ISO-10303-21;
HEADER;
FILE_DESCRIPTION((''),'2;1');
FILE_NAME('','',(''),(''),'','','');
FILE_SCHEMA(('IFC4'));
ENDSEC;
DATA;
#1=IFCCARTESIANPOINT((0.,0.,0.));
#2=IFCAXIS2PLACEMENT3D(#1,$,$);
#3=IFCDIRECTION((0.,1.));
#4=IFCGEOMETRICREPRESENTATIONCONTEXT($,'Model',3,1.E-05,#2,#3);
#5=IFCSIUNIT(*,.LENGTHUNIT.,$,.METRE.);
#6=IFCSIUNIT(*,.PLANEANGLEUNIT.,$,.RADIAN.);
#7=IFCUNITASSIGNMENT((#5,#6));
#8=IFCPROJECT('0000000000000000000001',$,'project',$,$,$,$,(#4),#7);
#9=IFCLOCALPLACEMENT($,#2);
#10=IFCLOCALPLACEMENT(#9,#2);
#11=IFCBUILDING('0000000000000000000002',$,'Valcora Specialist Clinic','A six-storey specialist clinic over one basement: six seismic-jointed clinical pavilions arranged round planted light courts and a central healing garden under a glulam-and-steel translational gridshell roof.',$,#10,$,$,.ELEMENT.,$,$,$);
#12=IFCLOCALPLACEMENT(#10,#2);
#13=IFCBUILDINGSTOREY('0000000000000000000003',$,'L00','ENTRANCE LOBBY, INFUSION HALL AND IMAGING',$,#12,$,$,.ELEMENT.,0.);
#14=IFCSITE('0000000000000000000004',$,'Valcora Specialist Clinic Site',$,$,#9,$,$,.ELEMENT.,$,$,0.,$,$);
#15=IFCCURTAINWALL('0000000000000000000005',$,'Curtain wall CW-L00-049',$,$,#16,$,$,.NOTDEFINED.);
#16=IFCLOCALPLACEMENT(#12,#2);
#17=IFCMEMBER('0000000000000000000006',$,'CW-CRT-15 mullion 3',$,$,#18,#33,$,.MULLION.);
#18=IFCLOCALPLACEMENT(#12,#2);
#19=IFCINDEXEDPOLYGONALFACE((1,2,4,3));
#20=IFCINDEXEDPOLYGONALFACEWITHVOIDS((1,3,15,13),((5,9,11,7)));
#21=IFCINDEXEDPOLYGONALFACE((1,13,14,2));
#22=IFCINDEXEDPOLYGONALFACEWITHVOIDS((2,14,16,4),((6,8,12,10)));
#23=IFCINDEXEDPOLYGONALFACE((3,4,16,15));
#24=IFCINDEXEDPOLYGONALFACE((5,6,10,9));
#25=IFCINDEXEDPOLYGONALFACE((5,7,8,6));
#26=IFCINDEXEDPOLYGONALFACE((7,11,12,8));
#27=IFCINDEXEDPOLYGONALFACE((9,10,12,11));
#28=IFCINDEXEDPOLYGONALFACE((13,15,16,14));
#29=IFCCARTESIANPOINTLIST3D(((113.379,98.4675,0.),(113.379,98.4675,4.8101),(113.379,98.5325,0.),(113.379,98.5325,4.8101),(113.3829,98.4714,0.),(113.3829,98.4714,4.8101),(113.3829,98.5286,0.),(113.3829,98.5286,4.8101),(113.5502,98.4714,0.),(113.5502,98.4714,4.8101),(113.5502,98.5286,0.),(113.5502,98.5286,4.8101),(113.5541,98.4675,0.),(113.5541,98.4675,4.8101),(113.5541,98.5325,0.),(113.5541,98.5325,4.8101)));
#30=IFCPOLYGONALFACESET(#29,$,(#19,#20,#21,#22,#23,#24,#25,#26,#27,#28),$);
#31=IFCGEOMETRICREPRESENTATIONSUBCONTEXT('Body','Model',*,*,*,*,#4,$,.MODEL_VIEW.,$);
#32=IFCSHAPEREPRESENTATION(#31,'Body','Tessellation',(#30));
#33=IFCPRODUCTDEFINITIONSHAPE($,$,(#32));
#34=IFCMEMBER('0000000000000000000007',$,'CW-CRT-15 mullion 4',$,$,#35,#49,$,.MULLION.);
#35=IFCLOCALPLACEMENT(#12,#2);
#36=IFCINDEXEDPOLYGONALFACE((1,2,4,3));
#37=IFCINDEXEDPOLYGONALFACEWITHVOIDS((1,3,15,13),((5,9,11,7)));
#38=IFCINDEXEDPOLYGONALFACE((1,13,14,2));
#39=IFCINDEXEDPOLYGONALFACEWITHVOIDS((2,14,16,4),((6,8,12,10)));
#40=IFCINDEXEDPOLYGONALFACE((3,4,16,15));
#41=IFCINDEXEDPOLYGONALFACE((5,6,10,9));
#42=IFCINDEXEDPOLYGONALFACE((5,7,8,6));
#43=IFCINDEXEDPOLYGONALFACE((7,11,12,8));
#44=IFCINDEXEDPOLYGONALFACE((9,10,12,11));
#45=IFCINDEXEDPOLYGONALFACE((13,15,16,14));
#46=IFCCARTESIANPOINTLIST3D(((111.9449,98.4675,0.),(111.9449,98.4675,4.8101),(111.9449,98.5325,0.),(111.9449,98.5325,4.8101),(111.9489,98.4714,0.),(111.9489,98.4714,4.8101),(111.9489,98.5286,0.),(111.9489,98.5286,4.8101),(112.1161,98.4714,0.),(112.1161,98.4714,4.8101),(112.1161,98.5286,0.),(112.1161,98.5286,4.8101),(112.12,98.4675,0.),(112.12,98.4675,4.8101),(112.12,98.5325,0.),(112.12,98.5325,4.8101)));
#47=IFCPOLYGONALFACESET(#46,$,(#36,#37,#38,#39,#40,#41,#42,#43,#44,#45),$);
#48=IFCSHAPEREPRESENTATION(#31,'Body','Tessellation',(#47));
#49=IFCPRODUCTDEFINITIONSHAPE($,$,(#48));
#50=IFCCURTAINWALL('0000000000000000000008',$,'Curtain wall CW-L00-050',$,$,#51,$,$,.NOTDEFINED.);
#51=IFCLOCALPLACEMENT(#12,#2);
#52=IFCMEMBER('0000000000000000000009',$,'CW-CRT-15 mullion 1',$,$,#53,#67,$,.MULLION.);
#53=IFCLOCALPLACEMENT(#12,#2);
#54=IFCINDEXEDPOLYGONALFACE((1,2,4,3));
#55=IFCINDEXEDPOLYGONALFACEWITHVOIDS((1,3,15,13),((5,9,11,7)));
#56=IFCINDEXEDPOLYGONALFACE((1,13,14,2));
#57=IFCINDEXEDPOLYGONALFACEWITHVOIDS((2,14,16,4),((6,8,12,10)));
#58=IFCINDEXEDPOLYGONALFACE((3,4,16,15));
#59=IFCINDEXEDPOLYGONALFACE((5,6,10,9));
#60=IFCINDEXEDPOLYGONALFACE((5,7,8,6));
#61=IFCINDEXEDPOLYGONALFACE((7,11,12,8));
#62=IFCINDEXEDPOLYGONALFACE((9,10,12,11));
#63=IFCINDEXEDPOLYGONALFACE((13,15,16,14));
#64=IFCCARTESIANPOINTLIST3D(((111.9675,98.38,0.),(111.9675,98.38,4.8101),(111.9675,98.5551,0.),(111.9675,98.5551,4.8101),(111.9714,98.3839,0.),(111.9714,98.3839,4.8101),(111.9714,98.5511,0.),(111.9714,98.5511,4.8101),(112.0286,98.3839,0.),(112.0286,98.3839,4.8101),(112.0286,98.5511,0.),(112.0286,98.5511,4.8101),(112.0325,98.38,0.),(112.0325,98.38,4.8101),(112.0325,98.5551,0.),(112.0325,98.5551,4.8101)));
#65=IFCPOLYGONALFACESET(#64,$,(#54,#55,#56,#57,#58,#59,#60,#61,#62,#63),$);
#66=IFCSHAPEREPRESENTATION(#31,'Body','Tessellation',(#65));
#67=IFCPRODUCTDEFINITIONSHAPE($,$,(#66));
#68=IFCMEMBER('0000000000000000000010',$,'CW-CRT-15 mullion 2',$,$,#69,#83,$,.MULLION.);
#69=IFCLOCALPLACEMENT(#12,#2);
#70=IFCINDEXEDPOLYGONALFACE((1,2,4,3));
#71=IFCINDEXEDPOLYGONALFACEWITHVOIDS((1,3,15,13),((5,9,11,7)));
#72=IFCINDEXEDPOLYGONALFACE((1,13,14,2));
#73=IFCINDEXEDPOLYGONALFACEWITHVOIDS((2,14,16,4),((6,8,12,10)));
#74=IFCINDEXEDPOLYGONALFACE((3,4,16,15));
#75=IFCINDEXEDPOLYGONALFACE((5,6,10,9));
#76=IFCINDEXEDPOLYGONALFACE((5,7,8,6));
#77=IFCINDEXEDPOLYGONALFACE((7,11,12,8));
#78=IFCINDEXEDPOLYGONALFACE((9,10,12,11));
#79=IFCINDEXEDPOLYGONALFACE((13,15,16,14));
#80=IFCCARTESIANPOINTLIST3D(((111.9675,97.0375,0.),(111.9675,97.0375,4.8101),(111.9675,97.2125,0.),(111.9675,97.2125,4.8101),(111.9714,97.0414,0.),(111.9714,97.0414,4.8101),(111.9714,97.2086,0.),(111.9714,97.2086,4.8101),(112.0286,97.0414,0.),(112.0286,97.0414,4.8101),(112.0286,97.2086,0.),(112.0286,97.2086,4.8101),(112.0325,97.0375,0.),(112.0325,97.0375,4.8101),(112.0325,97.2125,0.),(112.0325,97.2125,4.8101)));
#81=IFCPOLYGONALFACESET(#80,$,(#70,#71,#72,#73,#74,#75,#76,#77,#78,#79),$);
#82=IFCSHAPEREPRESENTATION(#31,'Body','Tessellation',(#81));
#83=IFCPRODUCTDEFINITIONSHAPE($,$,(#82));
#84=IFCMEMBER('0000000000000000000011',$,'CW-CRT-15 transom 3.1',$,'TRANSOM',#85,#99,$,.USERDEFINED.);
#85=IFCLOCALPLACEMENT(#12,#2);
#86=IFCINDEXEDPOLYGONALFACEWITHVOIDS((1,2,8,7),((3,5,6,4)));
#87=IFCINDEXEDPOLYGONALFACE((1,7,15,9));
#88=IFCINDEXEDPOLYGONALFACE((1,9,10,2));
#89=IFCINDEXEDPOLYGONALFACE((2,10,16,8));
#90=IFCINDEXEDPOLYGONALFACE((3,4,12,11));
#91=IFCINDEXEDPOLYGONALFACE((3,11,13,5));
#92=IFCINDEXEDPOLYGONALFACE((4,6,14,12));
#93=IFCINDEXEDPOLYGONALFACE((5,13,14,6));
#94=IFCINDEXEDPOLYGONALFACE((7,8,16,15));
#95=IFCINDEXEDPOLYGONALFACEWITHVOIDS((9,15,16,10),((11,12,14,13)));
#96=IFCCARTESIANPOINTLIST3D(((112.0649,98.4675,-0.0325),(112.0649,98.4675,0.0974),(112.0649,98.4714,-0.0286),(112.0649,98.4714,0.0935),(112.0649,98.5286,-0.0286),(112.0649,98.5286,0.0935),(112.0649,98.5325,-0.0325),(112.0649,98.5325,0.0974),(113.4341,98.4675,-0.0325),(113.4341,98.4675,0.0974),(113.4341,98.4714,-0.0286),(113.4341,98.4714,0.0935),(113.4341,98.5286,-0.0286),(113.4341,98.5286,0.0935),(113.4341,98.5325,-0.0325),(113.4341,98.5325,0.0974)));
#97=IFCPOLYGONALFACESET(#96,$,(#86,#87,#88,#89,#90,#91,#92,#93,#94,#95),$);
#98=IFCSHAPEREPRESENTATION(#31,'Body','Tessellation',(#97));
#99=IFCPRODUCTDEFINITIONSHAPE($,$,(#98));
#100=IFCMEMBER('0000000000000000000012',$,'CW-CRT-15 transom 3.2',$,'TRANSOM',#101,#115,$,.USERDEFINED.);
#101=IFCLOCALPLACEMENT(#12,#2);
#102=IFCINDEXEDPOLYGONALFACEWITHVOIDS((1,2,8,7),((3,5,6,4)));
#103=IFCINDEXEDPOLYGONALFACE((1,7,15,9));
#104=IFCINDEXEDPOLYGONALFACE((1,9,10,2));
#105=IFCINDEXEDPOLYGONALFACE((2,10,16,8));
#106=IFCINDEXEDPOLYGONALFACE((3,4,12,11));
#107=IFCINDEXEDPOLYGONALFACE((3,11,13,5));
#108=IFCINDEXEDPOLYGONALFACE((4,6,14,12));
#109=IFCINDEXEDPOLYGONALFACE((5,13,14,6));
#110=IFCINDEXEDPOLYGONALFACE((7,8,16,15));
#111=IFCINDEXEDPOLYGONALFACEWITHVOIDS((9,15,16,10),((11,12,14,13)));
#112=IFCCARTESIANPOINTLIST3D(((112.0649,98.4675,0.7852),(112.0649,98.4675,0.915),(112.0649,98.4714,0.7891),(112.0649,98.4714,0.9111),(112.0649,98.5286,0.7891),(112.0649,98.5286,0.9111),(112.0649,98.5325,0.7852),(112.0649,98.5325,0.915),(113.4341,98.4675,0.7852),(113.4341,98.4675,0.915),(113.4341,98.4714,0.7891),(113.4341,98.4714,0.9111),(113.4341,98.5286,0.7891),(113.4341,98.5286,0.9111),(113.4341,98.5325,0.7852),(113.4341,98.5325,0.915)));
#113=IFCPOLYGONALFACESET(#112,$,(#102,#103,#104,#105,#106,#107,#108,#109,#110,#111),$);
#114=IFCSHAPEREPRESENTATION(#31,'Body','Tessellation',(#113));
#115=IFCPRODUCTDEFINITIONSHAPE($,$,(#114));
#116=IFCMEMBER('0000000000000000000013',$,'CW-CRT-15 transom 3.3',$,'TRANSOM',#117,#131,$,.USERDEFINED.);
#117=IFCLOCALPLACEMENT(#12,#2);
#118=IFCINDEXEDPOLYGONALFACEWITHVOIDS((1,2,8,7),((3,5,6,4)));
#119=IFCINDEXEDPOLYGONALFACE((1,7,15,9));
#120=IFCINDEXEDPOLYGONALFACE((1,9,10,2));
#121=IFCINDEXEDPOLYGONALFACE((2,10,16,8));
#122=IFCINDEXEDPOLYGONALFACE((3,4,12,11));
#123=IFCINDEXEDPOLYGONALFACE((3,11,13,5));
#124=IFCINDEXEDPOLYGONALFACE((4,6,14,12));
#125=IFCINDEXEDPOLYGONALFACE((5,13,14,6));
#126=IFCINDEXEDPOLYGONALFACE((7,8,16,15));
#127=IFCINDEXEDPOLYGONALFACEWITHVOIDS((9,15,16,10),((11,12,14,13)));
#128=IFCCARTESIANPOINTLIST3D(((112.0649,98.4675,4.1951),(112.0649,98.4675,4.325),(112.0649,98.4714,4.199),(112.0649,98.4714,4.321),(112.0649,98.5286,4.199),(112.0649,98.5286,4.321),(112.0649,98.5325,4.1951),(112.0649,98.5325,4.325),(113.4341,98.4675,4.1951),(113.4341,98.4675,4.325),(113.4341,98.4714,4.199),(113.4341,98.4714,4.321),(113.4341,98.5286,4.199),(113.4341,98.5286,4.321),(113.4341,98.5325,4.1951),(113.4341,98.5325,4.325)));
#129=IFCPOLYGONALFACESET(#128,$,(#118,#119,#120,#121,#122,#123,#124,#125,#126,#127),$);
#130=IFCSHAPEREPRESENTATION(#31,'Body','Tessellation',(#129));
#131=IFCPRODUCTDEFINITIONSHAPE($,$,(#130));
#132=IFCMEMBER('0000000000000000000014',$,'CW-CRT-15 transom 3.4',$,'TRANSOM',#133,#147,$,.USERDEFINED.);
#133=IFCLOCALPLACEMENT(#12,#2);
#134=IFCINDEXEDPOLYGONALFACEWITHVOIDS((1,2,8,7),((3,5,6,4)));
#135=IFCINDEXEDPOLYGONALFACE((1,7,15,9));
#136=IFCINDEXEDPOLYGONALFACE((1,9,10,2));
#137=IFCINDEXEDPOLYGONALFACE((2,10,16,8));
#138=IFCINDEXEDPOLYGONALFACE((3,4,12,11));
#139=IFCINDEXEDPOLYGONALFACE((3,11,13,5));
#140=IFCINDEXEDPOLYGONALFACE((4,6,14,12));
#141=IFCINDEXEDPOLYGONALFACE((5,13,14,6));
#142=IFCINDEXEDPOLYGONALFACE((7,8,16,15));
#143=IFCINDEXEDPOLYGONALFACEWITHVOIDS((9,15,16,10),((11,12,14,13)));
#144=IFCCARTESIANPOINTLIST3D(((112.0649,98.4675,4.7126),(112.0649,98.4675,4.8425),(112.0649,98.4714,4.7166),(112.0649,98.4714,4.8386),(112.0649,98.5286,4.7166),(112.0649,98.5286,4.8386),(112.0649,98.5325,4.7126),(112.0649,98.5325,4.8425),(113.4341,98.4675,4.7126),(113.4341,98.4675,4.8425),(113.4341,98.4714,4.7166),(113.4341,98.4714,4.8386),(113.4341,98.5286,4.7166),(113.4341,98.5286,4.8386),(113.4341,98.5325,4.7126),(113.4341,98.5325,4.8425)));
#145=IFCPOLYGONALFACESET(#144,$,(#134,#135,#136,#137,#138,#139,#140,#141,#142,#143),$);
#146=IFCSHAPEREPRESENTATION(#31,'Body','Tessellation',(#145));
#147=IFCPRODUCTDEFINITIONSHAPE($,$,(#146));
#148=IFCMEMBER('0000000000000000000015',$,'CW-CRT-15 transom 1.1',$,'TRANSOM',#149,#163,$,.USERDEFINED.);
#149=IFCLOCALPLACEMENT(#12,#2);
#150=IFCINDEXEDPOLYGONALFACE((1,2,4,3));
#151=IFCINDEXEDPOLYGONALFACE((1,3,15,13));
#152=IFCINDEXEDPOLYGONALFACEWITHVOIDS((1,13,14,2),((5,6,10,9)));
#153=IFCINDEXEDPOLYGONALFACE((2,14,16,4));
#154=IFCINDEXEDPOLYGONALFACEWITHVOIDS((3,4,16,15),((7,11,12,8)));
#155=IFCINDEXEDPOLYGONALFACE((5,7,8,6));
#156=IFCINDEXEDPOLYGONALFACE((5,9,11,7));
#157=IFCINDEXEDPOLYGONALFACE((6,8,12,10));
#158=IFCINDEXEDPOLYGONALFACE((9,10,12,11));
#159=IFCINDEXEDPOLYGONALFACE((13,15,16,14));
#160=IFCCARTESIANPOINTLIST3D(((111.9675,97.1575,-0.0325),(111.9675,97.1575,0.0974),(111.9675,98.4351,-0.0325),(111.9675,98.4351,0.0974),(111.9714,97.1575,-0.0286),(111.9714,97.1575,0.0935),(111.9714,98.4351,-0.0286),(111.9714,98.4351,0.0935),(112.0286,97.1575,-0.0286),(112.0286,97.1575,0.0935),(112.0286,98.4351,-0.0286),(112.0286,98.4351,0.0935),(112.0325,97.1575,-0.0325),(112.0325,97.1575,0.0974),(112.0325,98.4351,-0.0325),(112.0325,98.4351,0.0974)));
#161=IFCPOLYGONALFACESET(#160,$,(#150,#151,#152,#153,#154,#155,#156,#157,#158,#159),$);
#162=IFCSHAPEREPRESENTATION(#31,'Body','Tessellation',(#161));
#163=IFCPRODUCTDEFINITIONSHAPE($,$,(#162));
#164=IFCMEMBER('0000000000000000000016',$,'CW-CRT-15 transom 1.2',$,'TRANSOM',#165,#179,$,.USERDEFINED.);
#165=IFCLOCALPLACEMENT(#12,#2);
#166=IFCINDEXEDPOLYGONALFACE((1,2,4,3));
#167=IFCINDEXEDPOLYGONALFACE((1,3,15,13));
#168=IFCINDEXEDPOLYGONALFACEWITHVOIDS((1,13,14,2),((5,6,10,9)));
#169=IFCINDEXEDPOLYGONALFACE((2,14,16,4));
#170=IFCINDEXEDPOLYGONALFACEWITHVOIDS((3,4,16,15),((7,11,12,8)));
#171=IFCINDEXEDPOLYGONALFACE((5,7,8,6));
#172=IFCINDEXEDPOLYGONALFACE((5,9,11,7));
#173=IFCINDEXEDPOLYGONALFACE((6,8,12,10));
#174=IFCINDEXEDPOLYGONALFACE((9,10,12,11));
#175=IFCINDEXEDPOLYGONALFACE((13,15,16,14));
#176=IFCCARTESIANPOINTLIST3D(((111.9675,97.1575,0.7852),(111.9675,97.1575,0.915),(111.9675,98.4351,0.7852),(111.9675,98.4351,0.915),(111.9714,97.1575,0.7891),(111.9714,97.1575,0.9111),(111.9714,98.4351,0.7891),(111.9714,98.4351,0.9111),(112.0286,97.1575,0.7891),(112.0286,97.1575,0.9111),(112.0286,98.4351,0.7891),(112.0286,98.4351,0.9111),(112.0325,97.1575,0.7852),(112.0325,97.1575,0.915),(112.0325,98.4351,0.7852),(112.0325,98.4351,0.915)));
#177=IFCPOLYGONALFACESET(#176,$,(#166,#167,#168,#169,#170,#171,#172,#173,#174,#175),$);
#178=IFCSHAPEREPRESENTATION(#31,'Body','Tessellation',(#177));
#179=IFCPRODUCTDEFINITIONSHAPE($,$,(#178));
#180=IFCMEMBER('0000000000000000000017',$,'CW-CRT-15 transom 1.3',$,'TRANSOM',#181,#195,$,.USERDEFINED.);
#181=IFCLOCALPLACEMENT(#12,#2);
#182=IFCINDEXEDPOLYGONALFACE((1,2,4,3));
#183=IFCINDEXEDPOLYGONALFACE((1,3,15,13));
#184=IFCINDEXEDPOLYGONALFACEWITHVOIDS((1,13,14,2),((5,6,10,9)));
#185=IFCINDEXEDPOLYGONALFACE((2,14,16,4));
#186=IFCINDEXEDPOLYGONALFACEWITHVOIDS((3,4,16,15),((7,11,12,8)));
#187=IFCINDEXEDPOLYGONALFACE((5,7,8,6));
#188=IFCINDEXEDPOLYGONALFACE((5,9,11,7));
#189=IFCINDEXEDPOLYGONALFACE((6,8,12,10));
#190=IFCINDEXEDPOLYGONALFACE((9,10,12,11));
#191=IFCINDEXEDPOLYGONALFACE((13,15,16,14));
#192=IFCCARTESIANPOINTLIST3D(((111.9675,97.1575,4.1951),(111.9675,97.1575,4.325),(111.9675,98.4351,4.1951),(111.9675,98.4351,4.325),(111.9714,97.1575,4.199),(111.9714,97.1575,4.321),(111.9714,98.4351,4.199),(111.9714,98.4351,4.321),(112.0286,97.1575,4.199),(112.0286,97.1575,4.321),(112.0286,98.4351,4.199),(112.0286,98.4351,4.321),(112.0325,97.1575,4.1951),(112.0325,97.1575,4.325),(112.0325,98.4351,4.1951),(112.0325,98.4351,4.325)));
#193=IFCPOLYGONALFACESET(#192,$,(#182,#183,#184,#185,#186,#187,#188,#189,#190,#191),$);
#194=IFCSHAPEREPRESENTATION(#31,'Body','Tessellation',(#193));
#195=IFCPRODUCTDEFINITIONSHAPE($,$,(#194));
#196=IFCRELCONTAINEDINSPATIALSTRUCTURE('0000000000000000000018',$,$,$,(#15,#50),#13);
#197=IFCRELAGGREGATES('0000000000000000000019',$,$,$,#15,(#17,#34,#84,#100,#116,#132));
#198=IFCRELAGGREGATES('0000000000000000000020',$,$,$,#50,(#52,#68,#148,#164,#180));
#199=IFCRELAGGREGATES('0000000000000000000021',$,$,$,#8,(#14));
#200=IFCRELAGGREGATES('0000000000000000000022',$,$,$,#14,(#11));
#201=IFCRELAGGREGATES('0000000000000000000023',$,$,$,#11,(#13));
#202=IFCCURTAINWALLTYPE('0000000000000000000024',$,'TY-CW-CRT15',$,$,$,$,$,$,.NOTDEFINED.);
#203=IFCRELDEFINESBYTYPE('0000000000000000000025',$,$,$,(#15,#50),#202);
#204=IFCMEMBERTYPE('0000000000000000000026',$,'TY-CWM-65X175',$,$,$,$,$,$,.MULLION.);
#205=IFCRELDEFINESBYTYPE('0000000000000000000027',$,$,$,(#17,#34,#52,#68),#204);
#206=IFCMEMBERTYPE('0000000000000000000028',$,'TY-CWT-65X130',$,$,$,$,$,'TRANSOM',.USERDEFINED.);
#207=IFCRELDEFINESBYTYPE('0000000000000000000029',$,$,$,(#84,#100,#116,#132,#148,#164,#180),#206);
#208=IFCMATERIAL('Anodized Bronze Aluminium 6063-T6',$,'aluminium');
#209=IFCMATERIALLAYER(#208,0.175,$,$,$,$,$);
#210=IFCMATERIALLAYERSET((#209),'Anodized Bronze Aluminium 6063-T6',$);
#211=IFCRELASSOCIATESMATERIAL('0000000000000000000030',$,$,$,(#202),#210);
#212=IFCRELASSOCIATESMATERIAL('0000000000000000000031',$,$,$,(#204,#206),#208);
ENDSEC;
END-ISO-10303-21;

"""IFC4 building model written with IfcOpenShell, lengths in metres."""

from ifc_helpers import new_model, si_unit, direction, frame, origin, origin_2d, place, context, subcontext, project, spatial, hollow_rectangle, extrude, material, layer, layer_set, material_profile, profile_set, type_object, element, aggregate, save


model = new_model("IFC4")

# Units and contexts
model_context = context("Model", 3, precision=1e-05, world=origin(), true_north=direction((0.0, 1.0)))
body_context = subcontext(model_context, "Body", "Model", "MODEL_VIEW")
ifc_project = project(units=[si_unit("LENGTHUNIT", "METRE"), si_unit("PLANEANGLEUNIT", "RADIAN")], contexts=[model_context])

# Site, building, storey
site_placement = place(None, origin())
site = spatial("IfcSite", under=ifc_project, at=site_placement, Name="Valcora Specialist Clinic Site", CompositionType="ELEMENT", RefElevation=0.0)
building_placement = place(site_placement, origin())
building = spatial("IfcBuilding", under=site, at=building_placement, Name="Valcora Specialist Clinic", Description="A six-storey specialist clinic over one basement: six seismic-jointed clinical pavilions arranged round planted light courts and a central healing garden under a glulam-and-steel translational gridshell roof.", CompositionType="ELEMENT")
storey_placement = place(building_placement, origin())
storey = spatial("IfcBuildingStorey", under=building, at=storey_placement, Name="L00", Description="ENTRANCE LOBBY, INFUSION HALL AND IMAGING", CompositionType="ELEMENT", Elevation=0.0)

# Curtain walls, members
ifc_material_1 = material(Name="Anodized Bronze Aluminium 6063-T6", Category="aluminium")
ifc_layer_1 = layer(ifc_material_1, 0.175)
ifc_layer_set_1 = layer_set([ifc_layer_1], Name="Anodized Bronze Aluminium 6063-T6")
curtain_wall_type = type_object("IfcCurtainWallType", Name="TY-CW-CRT15", PredefinedType="NOTDEFINED", material=ifc_layer_set_1)
curtain_wall_1_placement = place(storey_placement, origin())
curtain_wall_1 = element("IfcCurtainWall", 1, at=curtain_wall_1_placement, inside=storey, type_object=curtain_wall_type, Name="Curtain wall CW-L00-049", PredefinedType="NOTDEFINED")
ifc_material_profile_1 = material_profile(ifc_material_1, hollow_rectangle(XDim=0.0649, YDim=0.175, WallThickness=0.0039, at=origin_2d()), Name="AL-MUL-65X175")
ifc_profile_set_1 = profile_set([ifc_material_profile_1], Name="Anodized Bronze Aluminium 6063-T6")
member_type_1 = type_object("IfcMemberType", Name="TY-CWM-65X175", PredefinedType="MULLION", material=ifc_profile_set_1)
member_1_placement = place(storey_placement, frame((113.4666, 98.5, 0.0), z_axis=(0.0, 0.0, 1.0), x_axis=(0.0, -1.0, 0.0)))
member_1 = element("IfcMember", 2, at=member_1_placement, type_object=member_type_1, Name="CW-CRT-15 mullion 3", PredefinedType="MULLION", context=body_context, shape_type="SweptSolid", body=[
    extrude(hollow_rectangle(XDim=0.0649, YDim=0.175, WallThickness=0.0039, at=origin_2d()), origin(), (0.0, 0.0, 1.0), 4.8101),
])
member_2_placement = place(storey_placement, frame((112.0325, 98.5, 0.0), z_axis=(0.0, 0.0, 1.0), x_axis=(0.0, -1.0, 0.0)))
member_2 = element("IfcMember", 3, at=member_2_placement, type_object=member_type_1, Name="CW-CRT-15 mullion 4", PredefinedType="MULLION", context=body_context, shape_type="SweptSolid", body=[
    extrude(hollow_rectangle(XDim=0.0649, YDim=0.175, WallThickness=0.0039, at=origin_2d()), origin(), (0.0, 0.0, 1.0), 4.8101),
])
curtain_wall_2_placement = place(storey_placement, origin())
curtain_wall_2 = element("IfcCurtainWall", 4, at=curtain_wall_2_placement, inside=storey, type_object=curtain_wall_type, Name="Curtain wall CW-L00-050", PredefinedType="NOTDEFINED")
member_3_placement = place(storey_placement, frame((112.0, 98.4675, 0.0), z_axis=(0.0, 0.0, 1.0), x_axis=(1.0, 0.0, 0.0)))
member_3 = element("IfcMember", 5, at=member_3_placement, type_object=member_type_1, Name="CW-CRT-15 mullion 1", PredefinedType="MULLION", context=body_context, shape_type="SweptSolid", body=[
    extrude(hollow_rectangle(XDim=0.0649, YDim=0.175, WallThickness=0.0039, at=origin_2d()), origin(), (0.0, 0.0, 1.0), 4.8101),
])
member_4_placement = place(storey_placement, frame((112.0, 97.125, 0.0), z_axis=(0.0, 0.0, 1.0), x_axis=(1.0, 0.0, 0.0)))
member_4 = element("IfcMember", 6, at=member_4_placement, type_object=member_type_1, Name="CW-CRT-15 mullion 2", PredefinedType="MULLION", context=body_context, shape_type="SweptSolid", body=[
    extrude(hollow_rectangle(XDim=0.0649, YDim=0.175, WallThickness=0.0039, at=origin_2d()), origin(), (0.0, 0.0, 1.0), 4.8101),
])

# Members
ifc_material_profile_2 = material_profile(ifc_material_1, hollow_rectangle(XDim=0.0649, YDim=0.1299, WallThickness=0.0039, at=origin_2d()), Name="AL-TRN-65X130")
ifc_profile_set_2 = profile_set([ifc_material_profile_2], Name="Anodized Bronze Aluminium 6063-T6")
member_type_2 = type_object("IfcMemberType", Name="TY-CWT-65X130", ElementType="TRANSOM", PredefinedType="USERDEFINED", material=ifc_profile_set_2)
member_5_placement = place(storey_placement, frame((113.4341, 98.5, 0.0325), z_axis=(-1.0, 0.0, 0.0), x_axis=(0.0, -1.0, 0.0)))
member_5 = element("IfcMember", 7, at=member_5_placement, type_object=member_type_2, Name="CW-CRT-15 transom 3.1", ObjectType="TRANSOM", PredefinedType="USERDEFINED", context=body_context, shape_type="SweptSolid", body=[
    extrude(hollow_rectangle(XDim=0.0649, YDim=0.1299, WallThickness=0.0039, at=origin_2d()), origin(), (0.0, 0.0, 1.0), 1.3691),
])
member_6_placement = place(storey_placement, frame((113.4341, 98.5, 0.8501), z_axis=(-1.0, 0.0, 0.0), x_axis=(0.0, -1.0, 0.0)))
member_6 = element("IfcMember", 8, at=member_6_placement, type_object=member_type_2, Name="CW-CRT-15 transom 3.2", ObjectType="TRANSOM", PredefinedType="USERDEFINED", context=body_context, shape_type="SweptSolid", body=[
    extrude(hollow_rectangle(XDim=0.0649, YDim=0.1299, WallThickness=0.0039, at=origin_2d()), origin(), (0.0, 0.0, 1.0), 1.3691),
])
member_7_placement = place(storey_placement, frame((113.4341, 98.5, 4.26), z_axis=(-1.0, 0.0, 0.0), x_axis=(0.0, -1.0, 0.0)))
member_7 = element("IfcMember", 9, at=member_7_placement, type_object=member_type_2, Name="CW-CRT-15 transom 3.3", ObjectType="TRANSOM", PredefinedType="USERDEFINED", context=body_context, shape_type="SweptSolid", body=[
    extrude(hollow_rectangle(XDim=0.0649, YDim=0.1299, WallThickness=0.0039, at=origin_2d()), origin(), (0.0, 0.0, 1.0), 1.3691),
])
member_8_placement = place(storey_placement, frame((113.4341, 98.5, 4.7776), z_axis=(-1.0, 0.0, 0.0), x_axis=(0.0, -1.0, 0.0)))
member_8 = element("IfcMember", 10, at=member_8_placement, type_object=member_type_2, Name="CW-CRT-15 transom 3.4", ObjectType="TRANSOM", PredefinedType="USERDEFINED", context=body_context, shape_type="SweptSolid", body=[
    extrude(hollow_rectangle(XDim=0.0649, YDim=0.1299, WallThickness=0.0039, at=origin_2d()), origin(), (0.0, 0.0, 1.0), 1.3691),
])
member_9_placement = place(storey_placement, frame((112.0, 98.4351, 0.0325), z_axis=(0.0, -1.0, 0.0), x_axis=(1.0, 0.0, 0.0)))
member_9 = element("IfcMember", 11, at=member_9_placement, type_object=member_type_2, Name="CW-CRT-15 transom 1.1", ObjectType="TRANSOM", PredefinedType="USERDEFINED", context=body_context, shape_type="SweptSolid", body=[
    extrude(hollow_rectangle(XDim=0.0649, YDim=0.1299, WallThickness=0.0039, at=origin_2d()), origin(), (0.0, 0.0, 1.0), 1.2776),
])
member_10_placement = place(storey_placement, frame((112.0, 98.4351, 0.8501), z_axis=(0.0, -1.0, 0.0), x_axis=(1.0, 0.0, 0.0)))
member_10 = element("IfcMember", 12, at=member_10_placement, type_object=member_type_2, Name="CW-CRT-15 transom 1.2", ObjectType="TRANSOM", PredefinedType="USERDEFINED", context=body_context, shape_type="SweptSolid", body=[
    extrude(hollow_rectangle(XDim=0.0649, YDim=0.1299, WallThickness=0.0039, at=origin_2d()), origin(), (0.0, 0.0, 1.0), 1.2776),
])
member_11_placement = place(storey_placement, frame((112.0, 98.4351, 4.26), z_axis=(0.0, -1.0, 0.0), x_axis=(1.0, 0.0, 0.0)))
member_11 = element("IfcMember", 13, at=member_11_placement, type_object=member_type_2, Name="CW-CRT-15 transom 1.3", ObjectType="TRANSOM", PredefinedType="USERDEFINED", context=body_context, shape_type="SweptSolid", body=[
    extrude(hollow_rectangle(XDim=0.0649, YDim=0.1299, WallThickness=0.0039, at=origin_2d()), origin(), (0.0, 0.0, 1.0), 1.2776),
])

aggregate(curtain_wall_1, [member_1, member_2, member_5, member_6, member_7, member_8])
aggregate(curtain_wall_2, [member_3, member_4, member_9, member_10, member_11])

save(model, "model.ifc")
